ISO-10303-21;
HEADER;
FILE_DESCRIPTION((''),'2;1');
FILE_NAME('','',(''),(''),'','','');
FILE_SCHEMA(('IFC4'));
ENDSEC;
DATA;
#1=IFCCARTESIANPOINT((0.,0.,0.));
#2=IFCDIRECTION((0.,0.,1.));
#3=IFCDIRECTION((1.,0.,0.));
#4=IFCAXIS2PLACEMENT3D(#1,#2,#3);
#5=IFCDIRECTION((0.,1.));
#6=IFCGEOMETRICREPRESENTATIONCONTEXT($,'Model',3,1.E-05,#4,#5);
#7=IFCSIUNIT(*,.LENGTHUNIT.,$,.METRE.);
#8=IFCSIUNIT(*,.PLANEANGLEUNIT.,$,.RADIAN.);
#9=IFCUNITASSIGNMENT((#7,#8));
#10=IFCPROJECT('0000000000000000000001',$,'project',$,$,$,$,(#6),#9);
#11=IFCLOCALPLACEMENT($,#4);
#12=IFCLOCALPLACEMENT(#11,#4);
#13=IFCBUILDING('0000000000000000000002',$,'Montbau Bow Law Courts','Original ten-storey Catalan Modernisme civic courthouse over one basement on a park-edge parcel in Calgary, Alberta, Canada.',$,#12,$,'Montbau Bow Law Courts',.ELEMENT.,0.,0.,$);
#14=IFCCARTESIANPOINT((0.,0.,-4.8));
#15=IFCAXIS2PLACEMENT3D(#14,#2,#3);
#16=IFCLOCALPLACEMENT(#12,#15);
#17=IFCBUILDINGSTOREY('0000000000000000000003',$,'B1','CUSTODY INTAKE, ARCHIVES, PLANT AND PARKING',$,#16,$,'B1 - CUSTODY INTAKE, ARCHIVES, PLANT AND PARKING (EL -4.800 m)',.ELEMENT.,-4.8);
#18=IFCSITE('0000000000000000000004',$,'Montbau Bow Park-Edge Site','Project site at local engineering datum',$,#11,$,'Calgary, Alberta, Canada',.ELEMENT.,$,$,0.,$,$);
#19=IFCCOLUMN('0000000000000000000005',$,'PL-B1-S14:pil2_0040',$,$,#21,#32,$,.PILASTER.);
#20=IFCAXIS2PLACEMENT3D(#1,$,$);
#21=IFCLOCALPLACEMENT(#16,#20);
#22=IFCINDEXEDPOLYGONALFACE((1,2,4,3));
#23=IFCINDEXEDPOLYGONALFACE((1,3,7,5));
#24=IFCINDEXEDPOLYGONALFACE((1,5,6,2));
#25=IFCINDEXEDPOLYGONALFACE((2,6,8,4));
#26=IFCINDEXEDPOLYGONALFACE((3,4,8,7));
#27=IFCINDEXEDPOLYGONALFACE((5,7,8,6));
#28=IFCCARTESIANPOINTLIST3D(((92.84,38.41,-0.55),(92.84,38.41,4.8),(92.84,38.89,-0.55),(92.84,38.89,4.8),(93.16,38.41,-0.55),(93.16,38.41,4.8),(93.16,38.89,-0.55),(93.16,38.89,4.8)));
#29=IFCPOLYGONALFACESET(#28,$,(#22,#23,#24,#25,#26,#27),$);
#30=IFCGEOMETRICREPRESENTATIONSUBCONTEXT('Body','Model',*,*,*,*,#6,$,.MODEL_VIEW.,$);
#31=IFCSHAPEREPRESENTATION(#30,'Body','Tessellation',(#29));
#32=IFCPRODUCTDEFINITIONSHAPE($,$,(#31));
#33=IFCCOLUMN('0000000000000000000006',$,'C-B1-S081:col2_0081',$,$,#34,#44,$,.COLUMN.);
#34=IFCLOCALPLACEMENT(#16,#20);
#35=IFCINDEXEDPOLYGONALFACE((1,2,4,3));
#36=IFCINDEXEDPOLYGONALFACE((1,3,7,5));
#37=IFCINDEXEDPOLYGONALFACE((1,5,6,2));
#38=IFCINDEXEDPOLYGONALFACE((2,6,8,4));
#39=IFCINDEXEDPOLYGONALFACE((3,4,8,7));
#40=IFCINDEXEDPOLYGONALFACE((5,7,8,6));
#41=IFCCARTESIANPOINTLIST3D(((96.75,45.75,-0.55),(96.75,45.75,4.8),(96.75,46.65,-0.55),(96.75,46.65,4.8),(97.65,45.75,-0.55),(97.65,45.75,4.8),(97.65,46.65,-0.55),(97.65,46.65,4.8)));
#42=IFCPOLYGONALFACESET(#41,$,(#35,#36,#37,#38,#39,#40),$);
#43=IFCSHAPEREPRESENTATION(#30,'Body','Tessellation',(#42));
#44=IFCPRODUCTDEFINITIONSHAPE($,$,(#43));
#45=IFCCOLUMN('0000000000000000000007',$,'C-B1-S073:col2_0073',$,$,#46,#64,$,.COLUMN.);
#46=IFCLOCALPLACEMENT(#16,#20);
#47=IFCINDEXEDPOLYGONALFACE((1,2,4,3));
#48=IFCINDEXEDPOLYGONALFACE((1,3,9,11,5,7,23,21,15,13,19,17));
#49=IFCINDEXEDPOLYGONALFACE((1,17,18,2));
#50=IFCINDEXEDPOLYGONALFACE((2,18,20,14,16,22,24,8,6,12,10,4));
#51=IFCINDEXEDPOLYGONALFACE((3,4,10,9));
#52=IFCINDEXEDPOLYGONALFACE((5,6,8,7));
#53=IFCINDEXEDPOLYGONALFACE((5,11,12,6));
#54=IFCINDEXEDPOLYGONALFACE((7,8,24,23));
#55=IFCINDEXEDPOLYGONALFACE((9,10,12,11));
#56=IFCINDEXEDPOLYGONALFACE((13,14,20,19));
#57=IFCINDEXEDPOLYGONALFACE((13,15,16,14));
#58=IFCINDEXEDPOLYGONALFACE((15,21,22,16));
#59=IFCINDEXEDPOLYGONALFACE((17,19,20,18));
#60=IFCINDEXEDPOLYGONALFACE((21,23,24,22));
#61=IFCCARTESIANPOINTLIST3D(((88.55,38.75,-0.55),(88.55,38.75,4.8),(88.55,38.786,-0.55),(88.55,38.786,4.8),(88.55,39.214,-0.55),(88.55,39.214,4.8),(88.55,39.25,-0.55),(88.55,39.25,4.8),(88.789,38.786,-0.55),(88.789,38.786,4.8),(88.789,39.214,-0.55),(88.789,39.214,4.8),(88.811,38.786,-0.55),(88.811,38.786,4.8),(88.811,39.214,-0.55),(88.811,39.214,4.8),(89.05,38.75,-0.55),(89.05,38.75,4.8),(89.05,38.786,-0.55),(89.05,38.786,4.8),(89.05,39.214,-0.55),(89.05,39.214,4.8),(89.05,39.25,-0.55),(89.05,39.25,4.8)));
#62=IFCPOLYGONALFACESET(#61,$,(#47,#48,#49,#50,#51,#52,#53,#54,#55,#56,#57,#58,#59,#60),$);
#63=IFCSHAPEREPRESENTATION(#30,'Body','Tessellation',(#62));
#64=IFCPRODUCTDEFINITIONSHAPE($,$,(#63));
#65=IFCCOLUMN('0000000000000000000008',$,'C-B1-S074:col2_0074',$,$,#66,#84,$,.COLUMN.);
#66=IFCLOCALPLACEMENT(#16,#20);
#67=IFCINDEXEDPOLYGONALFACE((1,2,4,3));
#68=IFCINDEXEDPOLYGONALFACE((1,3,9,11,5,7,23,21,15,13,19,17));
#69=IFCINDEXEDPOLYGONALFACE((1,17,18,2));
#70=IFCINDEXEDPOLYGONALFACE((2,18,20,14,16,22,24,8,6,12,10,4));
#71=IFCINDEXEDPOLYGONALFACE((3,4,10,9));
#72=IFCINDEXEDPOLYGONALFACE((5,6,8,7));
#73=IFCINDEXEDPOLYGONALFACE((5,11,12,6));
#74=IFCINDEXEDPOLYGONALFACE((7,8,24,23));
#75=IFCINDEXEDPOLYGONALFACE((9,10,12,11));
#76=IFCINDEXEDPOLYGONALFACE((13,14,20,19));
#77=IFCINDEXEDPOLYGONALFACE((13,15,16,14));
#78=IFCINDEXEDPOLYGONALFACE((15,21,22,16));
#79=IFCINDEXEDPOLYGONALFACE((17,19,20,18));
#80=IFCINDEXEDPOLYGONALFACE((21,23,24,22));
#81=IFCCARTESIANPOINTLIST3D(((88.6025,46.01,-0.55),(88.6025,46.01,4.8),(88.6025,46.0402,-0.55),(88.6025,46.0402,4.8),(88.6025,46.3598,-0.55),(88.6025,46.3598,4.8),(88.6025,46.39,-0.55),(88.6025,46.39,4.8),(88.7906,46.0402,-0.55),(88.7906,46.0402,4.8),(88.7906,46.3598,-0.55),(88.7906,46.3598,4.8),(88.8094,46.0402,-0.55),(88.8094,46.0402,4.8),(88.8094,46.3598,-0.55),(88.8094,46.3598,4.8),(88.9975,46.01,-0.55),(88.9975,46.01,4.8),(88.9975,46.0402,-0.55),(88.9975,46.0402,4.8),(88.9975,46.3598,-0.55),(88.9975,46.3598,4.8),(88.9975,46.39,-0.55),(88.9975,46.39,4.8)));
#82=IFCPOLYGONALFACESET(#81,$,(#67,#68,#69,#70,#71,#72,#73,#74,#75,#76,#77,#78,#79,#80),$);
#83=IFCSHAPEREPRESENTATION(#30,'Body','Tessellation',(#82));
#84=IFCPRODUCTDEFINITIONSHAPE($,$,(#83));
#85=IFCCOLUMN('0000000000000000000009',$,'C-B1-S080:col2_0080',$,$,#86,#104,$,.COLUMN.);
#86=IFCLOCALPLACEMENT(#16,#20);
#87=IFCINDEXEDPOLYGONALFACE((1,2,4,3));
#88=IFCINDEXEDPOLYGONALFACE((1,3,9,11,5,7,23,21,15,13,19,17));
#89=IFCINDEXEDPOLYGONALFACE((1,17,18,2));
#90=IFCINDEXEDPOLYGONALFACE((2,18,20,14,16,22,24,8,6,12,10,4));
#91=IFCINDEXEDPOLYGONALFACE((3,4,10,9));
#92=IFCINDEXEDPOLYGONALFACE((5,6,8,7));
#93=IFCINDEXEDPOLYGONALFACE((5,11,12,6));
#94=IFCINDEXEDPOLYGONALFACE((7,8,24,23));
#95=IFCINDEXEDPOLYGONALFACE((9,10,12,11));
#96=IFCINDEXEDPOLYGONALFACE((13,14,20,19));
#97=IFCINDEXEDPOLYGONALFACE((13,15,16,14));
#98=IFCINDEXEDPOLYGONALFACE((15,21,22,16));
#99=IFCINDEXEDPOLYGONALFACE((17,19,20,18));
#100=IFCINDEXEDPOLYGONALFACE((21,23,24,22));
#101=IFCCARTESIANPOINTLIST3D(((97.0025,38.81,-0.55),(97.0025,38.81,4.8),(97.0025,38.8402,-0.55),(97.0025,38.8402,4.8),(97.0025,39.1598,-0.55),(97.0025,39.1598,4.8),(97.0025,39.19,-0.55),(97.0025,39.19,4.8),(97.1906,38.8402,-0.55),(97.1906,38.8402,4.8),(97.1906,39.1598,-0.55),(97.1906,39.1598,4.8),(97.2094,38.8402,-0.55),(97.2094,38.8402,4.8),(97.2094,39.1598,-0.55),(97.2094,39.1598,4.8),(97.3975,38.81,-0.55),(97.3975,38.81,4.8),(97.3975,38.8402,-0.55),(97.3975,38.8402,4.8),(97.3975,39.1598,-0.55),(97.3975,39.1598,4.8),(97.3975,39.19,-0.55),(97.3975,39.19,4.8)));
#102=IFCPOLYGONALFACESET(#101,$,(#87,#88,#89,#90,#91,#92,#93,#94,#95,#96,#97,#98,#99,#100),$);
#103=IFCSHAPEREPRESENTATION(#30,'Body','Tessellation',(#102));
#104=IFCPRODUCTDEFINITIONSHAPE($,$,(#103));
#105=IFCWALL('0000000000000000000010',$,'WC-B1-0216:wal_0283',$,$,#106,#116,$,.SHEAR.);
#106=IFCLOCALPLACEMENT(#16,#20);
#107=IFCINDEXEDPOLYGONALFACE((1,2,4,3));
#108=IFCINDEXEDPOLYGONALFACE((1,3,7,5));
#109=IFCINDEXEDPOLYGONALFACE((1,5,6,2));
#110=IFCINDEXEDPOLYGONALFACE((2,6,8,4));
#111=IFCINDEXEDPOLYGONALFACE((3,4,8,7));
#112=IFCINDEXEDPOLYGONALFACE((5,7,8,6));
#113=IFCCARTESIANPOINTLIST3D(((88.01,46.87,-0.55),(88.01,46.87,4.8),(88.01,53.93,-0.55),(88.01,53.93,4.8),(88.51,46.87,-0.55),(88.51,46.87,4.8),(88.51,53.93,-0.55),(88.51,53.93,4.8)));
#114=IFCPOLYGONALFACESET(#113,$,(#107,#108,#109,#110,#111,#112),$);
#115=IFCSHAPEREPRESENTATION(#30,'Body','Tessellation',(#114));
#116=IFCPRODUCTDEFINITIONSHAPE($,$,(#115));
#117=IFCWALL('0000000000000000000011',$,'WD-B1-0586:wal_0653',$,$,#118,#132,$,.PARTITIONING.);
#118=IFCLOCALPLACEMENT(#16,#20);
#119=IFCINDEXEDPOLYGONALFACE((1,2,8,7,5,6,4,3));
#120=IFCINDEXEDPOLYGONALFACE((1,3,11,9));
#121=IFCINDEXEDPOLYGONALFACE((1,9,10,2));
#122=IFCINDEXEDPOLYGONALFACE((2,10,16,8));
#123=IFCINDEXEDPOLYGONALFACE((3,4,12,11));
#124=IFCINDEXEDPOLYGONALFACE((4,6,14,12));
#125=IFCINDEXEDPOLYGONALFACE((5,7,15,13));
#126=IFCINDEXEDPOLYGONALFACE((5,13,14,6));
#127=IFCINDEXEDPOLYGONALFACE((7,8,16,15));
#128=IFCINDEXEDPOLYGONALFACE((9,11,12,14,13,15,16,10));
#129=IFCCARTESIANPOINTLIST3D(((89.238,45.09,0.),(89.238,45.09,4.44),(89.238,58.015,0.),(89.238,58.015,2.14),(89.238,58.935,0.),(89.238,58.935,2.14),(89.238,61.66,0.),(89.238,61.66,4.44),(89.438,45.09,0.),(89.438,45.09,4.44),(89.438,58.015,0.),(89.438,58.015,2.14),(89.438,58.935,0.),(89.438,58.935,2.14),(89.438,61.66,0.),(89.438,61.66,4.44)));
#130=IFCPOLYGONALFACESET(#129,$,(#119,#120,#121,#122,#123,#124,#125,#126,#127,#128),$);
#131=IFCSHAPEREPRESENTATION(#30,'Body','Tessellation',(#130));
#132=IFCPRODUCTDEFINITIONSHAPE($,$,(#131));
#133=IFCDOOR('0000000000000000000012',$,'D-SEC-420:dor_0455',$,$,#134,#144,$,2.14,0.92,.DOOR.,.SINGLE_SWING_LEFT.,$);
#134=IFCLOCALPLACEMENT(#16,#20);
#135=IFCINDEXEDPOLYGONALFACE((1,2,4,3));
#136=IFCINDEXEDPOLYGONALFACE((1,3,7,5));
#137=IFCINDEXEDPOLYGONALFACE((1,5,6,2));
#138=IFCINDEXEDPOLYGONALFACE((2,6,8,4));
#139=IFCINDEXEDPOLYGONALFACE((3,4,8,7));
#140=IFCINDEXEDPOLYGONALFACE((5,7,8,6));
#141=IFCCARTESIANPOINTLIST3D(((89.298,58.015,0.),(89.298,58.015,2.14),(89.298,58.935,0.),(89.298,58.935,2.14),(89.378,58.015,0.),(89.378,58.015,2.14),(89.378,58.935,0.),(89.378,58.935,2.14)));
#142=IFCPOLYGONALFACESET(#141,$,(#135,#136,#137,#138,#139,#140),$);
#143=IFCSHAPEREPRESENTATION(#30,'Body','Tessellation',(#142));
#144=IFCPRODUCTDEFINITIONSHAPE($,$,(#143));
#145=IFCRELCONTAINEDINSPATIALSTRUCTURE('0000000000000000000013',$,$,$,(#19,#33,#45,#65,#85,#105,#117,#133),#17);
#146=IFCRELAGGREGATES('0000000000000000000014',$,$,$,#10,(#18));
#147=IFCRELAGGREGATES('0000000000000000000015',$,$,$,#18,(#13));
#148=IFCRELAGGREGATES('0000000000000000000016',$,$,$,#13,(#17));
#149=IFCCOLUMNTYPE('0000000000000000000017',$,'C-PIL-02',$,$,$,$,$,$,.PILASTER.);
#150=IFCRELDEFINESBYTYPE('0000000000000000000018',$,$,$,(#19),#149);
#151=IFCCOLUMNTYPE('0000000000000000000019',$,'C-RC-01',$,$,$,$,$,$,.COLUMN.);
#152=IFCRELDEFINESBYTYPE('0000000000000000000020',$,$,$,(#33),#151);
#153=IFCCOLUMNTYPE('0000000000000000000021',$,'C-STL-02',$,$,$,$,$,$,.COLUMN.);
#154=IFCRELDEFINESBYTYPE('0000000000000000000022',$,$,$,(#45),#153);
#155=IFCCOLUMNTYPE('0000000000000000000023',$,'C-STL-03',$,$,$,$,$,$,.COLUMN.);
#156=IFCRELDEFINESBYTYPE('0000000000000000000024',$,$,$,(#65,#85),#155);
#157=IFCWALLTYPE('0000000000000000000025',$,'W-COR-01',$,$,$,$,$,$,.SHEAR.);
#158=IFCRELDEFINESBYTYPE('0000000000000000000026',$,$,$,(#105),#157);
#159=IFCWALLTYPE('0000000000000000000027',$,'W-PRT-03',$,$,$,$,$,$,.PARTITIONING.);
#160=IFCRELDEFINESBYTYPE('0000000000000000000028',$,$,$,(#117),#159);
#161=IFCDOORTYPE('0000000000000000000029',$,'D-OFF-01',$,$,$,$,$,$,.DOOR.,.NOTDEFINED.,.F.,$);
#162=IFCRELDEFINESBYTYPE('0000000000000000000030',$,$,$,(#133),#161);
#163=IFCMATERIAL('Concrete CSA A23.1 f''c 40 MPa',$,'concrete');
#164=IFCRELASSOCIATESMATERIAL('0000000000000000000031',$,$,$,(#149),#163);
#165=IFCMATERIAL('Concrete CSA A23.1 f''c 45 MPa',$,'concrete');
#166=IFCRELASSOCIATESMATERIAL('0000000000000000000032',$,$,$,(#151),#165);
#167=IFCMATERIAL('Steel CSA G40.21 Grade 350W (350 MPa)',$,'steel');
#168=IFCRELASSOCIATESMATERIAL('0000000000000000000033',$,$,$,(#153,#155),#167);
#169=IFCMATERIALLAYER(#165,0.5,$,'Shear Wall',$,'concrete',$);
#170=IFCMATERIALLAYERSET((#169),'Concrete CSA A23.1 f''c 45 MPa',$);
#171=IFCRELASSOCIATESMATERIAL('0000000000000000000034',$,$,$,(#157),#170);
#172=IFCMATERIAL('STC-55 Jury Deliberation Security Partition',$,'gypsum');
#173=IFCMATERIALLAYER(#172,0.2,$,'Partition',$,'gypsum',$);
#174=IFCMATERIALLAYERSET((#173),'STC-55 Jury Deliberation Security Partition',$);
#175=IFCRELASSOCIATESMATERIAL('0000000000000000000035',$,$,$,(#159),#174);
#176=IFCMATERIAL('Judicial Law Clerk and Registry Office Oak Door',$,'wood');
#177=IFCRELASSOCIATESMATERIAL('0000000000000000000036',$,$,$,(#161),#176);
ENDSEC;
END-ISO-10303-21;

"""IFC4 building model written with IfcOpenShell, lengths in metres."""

from ifc_helpers import new_model, si_unit, direction, frame, frame_2d, origin_with_axes, origin_2d_with_axis, place, context, subcontext, project, spatial, rectangle, i_section, extrude, material, layer, layer_set, material_profile, profile_set, type_object, element, fill, save


model = new_model("IFC4")

# Units and contexts
model_context = context("Model", 3, precision=1e-05, world=origin_with_axes(), true_north=direction((0.0, 1.0)))
body_context = subcontext(model_context, "Body", "Model", "MODEL_VIEW")
ifc_project = project(units=[si_unit("LENGTHUNIT", "METRE"), si_unit("PLANEANGLEUNIT", "RADIAN")], contexts=[model_context])

# Site, building, storey
site_placement = place(None, origin_with_axes())
site = spatial("IfcSite", under=ifc_project, at=site_placement, Name="Montbau Bow Park-Edge Site", Description="Project site at local engineering datum", LongName="Calgary, Alberta, Canada", CompositionType="ELEMENT", RefElevation=0.0)
building_placement = place(site_placement, origin_with_axes())
building = spatial("IfcBuilding", under=site, at=building_placement, Name="Montbau Bow Law Courts", Description="Original ten-storey Catalan Modernisme civic courthouse over one basement on a park-edge parcel in Calgary, Alberta, Canada.", LongName="Montbau Bow Law Courts", CompositionType="ELEMENT", ElevationOfRefHeight=0.0, ElevationOfTerrain=0.0)
storey_placement = place(building_placement, frame((0.0, 0.0, -4.8), z_axis=(0.0, 0.0, 1.0), x_axis=(1.0, 0.0, 0.0)))
storey = spatial("IfcBuildingStorey", under=building, at=storey_placement, Name="B1", Description="CUSTODY INTAKE, ARCHIVES, PLANT AND PARKING", LongName="B1 - CUSTODY INTAKE, ARCHIVES, PLANT AND PARKING (EL -4.800 m)", CompositionType="ELEMENT", Elevation=-4.8)

# Shared definitions
ifc_material_1 = material(Name="Concrete CSA A23.1 f'c 40 MPa", Category="concrete")

# Columns
ifc_material_profile_1 = material_profile(ifc_material_1, rectangle(XDim=0.32, YDim=0.48, at=origin_2d_with_axis()), Name="RC480X320", Category="Main", Priority=0)
ifc_profile_set_1 = profile_set([ifc_material_profile_1], Name="Concrete CSA A23.1 f'c 40 MPa")
column_type_1 = type_object("IfcColumnType", Name="C-PIL-02", PredefinedType="PILASTER", material=ifc_profile_set_1)
column_1_placement = place(None, frame((93.0, 38.65, -5.35), z_axis=(0.0, 0.0, 1.0), x_axis=(1.0, 0.0, 0.0)))
element("IfcColumn", 1, at=column_1_placement, inside=storey, type_object=column_type_1, Name="PL-B1-S14:pil2_0040", PredefinedType="PILASTER", context=body_context, shape_type="SweptSolid", body=[
    extrude(rectangle(XDim=0.32, YDim=0.48, at=origin_2d_with_axis()), origin_with_axes(), (0.0, 0.0, 1.0), 5.35),
])
ifc_material_2 = material(Name="Concrete CSA A23.1 f'c 45 MPa", Category="concrete")
ifc_material_profile_2 = material_profile(ifc_material_2, rectangle(XDim=0.9, YDim=0.9, at=origin_2d_with_axis()), Name="RC900X900", Category="Main", Priority=0)
ifc_profile_set_2 = profile_set([ifc_material_profile_2], Name="Concrete CSA A23.1 f'c 45 MPa")
column_type_2 = type_object("IfcColumnType", Name="C-RC-01", PredefinedType="COLUMN", material=ifc_profile_set_2)
column_2_placement = place(None, frame((97.2, 46.2, -5.35), z_axis=(0.0, 0.0, 1.0), x_axis=(1.0, 0.0, 0.0)))
element("IfcColumn", 2, at=column_2_placement, inside=storey, type_object=column_type_2, Name="C-B1-S081:col2_0081", PredefinedType="COLUMN", context=body_context, shape_type="SweptSolid", body=[
    extrude(rectangle(XDim=0.9, YDim=0.9, at=origin_2d_with_axis()), origin_with_axes(), (0.0, 0.0, 1.0), 5.35),
])
ifc_material_3 = material(Name="Steel CSA G40.21 Grade 350W (350 MPa)", Category="steel")
ifc_material_profile_3 = material_profile(ifc_material_3, i_section(OverallWidth=0.5, OverallDepth=0.5, WebThickness=0.022, FlangeThickness=0.036, at=origin_2d_with_axis()), Name="WWF500X343", Category="Main", Priority=0)
ifc_profile_set_3 = profile_set([ifc_material_profile_3], Name="Steel CSA G40.21 Grade 350W (350 MPa)")
column_type_3 = type_object("IfcColumnType", Name="C-STL-02", PredefinedType="COLUMN", material=ifc_profile_set_3)
column_3_placement = place(None, frame((88.8, 39.0, -5.35), z_axis=(0.0, 0.0, 1.0), x_axis=(1.0, 0.0, 0.0)))
element("IfcColumn", 3, at=column_3_placement, inside=storey, type_object=column_type_3, Name="C-B1-S073:col2_0073", PredefinedType="COLUMN", context=body_context, shape_type="SweptSolid", body=[
    extrude(i_section(OverallWidth=0.5, OverallDepth=0.5, WebThickness=0.022, FlangeThickness=0.036, at=origin_2d_with_axis()), origin_with_axes(), (0.0, 0.0, 1.0), 5.35),
])
ifc_material_profile_4 = material_profile(ifc_material_3, i_section(OverallWidth=0.395, OverallDepth=0.38, WebThickness=0.0189, FlangeThickness=0.0302, at=origin_2d_with_axis()), Name="W360X237", Category="Main", Priority=0)
ifc_profile_set_4 = profile_set([ifc_material_profile_4], Name="Steel CSA G40.21 Grade 350W (350 MPa)")
column_type_4 = type_object("IfcColumnType", Name="C-STL-03", PredefinedType="COLUMN", material=ifc_profile_set_4)
for number, where, z_axis, x_axis, name in (
    (4, (88.8, 46.2, -5.35), (0.0, 0.0, 1.0), (1.0, 0.0, 0.0), "C-B1-S074:col2_0074"),
    (5, (97.2, 39.0, -5.35), (0.0, 0.0, 1.0), (1.0, 0.0, 0.0), "C-B1-S080:col2_0080"),
):
    element("IfcColumn", number, at=place(None, frame(where, z_axis=z_axis, x_axis=x_axis)), inside=storey, type_object=column_type_4, Name=name, PredefinedType="COLUMN", context=body_context, shape_type="SweptSolid", body=[
        extrude(i_section(OverallWidth=0.395, OverallDepth=0.38, WebThickness=0.0189, FlangeThickness=0.0302, at=origin_2d_with_axis()), origin_with_axes(), (0.0, 0.0, 1.0), 5.35),
    ])

# Wall
ifc_layer_1 = layer(ifc_material_2, 0.5, Name="Shear Wall", Category="concrete")
ifc_layer_set_1 = layer_set([ifc_layer_1], Name="Concrete CSA A23.1 f'c 45 MPa")
wall_type_1 = type_object("IfcWallType", Name="W-COR-01", PredefinedType="SHEAR", material=ifc_layer_set_1)
wall_1_placement = place(None, frame((88.26, 46.87, -5.35), z_axis=(0.0, 0.0, 1.0), x_axis=(0.0, 1.0, 0.0)))
element("IfcWall", 6, at=wall_1_placement, inside=storey, type_object=wall_type_1, Name="WC-B1-0216:wal_0283", PredefinedType="SHEAR", context=body_context, shape_type="SweptSolid", body=[
    extrude(rectangle(XDim=7.06, YDim=0.5, at=frame_2d((3.53, 0.0), x_axis=(1.0, 0.0))), origin_with_axes(), (0.0, 0.0, 1.0), 5.35),
])

# Wall, opening, door
ifc_material_4 = material(Name="STC-55 Jury Deliberation Security Partition", Category="gypsum")
ifc_layer_2 = layer(ifc_material_4, 0.2, Name="Partition", Category="gypsum")
ifc_layer_set_2 = layer_set([ifc_layer_2], Name="STC-55 Jury Deliberation Security Partition")
wall_type_2 = type_object("IfcWallType", Name="W-PRT-03", PredefinedType="PARTITIONING", material=ifc_layer_set_2)
wall_2_placement = place(None, frame((89.338, 45.09, -4.8), z_axis=(0.0, 0.0, 1.0), x_axis=(0.0, 1.0, 0.0)))
wall_2 = element("IfcWall", 7, at=wall_2_placement, inside=storey, type_object=wall_type_2, Name="WD-B1-0586:wal_0653", PredefinedType="PARTITIONING", context=body_context, shape_type="SweptSolid", body=[
    extrude(rectangle(XDim=16.57, YDim=0.2, at=frame_2d((8.285, 0.0), x_axis=(1.0, 0.0))), origin_with_axes(), (0.0, 0.0, 1.0), 4.44),
])
opening_placement = place(None, frame((89.338, 58.475, -4.8), z_axis=(0.0, 0.0, 1.0), x_axis=(0.0, 1.0, 0.0)))
opening = element("IfcOpeningElement", 8, at=opening_placement, cuts=wall_2, PredefinedType="OPENING", context=body_context, shape_type="SweptSolid", body=[
    extrude(rectangle(XDim=0.92, YDim=2.14, at=frame_2d((0.0, 1.07), x_axis=(1.0, 0.0))), frame((0.0, 0.11, 0.0), z_axis=(0.0, -1.0, 0.0), x_axis=(1.0, 0.0, 0.0)), (0.0, 0.0, 1.0), 0.22),
])
ifc_material_5 = material(Name="Judicial Law Clerk and Registry Office Oak Door", Category="wood")
door_type = type_object("IfcDoorType", Name="D-OFF-01", OperationType="NOTDEFINED", ParameterTakesPrecedence=False, PredefinedType="DOOR", material=ifc_material_5)
door_placement = place(None, frame((89.338, 58.475, -4.8), z_axis=(0.0, 0.0, 1.0), x_axis=(0.0, 1.0, 0.0)))
door = element("IfcDoor", 9, at=door_placement, inside=storey, type_object=door_type, Name="D-SEC-420:dor_0455", OperationType="SINGLE_SWING_LEFT", OverallHeight=2.14, OverallWidth=0.92, PredefinedType="DOOR", context=body_context, shape_type="SweptSolid", body=[
    extrude(rectangle(XDim=0.92, YDim=2.14, at=frame_2d((0.0, 1.07), x_axis=(1.0, 0.0))), frame((0.0, 0.04, 0.0), z_axis=(0.0, -1.0, 0.0), x_axis=(1.0, 0.0, 0.0)), (0.0, 0.0, 1.0), 0.08),
])
fill(opening, door)

save(model, "model.ifc")
